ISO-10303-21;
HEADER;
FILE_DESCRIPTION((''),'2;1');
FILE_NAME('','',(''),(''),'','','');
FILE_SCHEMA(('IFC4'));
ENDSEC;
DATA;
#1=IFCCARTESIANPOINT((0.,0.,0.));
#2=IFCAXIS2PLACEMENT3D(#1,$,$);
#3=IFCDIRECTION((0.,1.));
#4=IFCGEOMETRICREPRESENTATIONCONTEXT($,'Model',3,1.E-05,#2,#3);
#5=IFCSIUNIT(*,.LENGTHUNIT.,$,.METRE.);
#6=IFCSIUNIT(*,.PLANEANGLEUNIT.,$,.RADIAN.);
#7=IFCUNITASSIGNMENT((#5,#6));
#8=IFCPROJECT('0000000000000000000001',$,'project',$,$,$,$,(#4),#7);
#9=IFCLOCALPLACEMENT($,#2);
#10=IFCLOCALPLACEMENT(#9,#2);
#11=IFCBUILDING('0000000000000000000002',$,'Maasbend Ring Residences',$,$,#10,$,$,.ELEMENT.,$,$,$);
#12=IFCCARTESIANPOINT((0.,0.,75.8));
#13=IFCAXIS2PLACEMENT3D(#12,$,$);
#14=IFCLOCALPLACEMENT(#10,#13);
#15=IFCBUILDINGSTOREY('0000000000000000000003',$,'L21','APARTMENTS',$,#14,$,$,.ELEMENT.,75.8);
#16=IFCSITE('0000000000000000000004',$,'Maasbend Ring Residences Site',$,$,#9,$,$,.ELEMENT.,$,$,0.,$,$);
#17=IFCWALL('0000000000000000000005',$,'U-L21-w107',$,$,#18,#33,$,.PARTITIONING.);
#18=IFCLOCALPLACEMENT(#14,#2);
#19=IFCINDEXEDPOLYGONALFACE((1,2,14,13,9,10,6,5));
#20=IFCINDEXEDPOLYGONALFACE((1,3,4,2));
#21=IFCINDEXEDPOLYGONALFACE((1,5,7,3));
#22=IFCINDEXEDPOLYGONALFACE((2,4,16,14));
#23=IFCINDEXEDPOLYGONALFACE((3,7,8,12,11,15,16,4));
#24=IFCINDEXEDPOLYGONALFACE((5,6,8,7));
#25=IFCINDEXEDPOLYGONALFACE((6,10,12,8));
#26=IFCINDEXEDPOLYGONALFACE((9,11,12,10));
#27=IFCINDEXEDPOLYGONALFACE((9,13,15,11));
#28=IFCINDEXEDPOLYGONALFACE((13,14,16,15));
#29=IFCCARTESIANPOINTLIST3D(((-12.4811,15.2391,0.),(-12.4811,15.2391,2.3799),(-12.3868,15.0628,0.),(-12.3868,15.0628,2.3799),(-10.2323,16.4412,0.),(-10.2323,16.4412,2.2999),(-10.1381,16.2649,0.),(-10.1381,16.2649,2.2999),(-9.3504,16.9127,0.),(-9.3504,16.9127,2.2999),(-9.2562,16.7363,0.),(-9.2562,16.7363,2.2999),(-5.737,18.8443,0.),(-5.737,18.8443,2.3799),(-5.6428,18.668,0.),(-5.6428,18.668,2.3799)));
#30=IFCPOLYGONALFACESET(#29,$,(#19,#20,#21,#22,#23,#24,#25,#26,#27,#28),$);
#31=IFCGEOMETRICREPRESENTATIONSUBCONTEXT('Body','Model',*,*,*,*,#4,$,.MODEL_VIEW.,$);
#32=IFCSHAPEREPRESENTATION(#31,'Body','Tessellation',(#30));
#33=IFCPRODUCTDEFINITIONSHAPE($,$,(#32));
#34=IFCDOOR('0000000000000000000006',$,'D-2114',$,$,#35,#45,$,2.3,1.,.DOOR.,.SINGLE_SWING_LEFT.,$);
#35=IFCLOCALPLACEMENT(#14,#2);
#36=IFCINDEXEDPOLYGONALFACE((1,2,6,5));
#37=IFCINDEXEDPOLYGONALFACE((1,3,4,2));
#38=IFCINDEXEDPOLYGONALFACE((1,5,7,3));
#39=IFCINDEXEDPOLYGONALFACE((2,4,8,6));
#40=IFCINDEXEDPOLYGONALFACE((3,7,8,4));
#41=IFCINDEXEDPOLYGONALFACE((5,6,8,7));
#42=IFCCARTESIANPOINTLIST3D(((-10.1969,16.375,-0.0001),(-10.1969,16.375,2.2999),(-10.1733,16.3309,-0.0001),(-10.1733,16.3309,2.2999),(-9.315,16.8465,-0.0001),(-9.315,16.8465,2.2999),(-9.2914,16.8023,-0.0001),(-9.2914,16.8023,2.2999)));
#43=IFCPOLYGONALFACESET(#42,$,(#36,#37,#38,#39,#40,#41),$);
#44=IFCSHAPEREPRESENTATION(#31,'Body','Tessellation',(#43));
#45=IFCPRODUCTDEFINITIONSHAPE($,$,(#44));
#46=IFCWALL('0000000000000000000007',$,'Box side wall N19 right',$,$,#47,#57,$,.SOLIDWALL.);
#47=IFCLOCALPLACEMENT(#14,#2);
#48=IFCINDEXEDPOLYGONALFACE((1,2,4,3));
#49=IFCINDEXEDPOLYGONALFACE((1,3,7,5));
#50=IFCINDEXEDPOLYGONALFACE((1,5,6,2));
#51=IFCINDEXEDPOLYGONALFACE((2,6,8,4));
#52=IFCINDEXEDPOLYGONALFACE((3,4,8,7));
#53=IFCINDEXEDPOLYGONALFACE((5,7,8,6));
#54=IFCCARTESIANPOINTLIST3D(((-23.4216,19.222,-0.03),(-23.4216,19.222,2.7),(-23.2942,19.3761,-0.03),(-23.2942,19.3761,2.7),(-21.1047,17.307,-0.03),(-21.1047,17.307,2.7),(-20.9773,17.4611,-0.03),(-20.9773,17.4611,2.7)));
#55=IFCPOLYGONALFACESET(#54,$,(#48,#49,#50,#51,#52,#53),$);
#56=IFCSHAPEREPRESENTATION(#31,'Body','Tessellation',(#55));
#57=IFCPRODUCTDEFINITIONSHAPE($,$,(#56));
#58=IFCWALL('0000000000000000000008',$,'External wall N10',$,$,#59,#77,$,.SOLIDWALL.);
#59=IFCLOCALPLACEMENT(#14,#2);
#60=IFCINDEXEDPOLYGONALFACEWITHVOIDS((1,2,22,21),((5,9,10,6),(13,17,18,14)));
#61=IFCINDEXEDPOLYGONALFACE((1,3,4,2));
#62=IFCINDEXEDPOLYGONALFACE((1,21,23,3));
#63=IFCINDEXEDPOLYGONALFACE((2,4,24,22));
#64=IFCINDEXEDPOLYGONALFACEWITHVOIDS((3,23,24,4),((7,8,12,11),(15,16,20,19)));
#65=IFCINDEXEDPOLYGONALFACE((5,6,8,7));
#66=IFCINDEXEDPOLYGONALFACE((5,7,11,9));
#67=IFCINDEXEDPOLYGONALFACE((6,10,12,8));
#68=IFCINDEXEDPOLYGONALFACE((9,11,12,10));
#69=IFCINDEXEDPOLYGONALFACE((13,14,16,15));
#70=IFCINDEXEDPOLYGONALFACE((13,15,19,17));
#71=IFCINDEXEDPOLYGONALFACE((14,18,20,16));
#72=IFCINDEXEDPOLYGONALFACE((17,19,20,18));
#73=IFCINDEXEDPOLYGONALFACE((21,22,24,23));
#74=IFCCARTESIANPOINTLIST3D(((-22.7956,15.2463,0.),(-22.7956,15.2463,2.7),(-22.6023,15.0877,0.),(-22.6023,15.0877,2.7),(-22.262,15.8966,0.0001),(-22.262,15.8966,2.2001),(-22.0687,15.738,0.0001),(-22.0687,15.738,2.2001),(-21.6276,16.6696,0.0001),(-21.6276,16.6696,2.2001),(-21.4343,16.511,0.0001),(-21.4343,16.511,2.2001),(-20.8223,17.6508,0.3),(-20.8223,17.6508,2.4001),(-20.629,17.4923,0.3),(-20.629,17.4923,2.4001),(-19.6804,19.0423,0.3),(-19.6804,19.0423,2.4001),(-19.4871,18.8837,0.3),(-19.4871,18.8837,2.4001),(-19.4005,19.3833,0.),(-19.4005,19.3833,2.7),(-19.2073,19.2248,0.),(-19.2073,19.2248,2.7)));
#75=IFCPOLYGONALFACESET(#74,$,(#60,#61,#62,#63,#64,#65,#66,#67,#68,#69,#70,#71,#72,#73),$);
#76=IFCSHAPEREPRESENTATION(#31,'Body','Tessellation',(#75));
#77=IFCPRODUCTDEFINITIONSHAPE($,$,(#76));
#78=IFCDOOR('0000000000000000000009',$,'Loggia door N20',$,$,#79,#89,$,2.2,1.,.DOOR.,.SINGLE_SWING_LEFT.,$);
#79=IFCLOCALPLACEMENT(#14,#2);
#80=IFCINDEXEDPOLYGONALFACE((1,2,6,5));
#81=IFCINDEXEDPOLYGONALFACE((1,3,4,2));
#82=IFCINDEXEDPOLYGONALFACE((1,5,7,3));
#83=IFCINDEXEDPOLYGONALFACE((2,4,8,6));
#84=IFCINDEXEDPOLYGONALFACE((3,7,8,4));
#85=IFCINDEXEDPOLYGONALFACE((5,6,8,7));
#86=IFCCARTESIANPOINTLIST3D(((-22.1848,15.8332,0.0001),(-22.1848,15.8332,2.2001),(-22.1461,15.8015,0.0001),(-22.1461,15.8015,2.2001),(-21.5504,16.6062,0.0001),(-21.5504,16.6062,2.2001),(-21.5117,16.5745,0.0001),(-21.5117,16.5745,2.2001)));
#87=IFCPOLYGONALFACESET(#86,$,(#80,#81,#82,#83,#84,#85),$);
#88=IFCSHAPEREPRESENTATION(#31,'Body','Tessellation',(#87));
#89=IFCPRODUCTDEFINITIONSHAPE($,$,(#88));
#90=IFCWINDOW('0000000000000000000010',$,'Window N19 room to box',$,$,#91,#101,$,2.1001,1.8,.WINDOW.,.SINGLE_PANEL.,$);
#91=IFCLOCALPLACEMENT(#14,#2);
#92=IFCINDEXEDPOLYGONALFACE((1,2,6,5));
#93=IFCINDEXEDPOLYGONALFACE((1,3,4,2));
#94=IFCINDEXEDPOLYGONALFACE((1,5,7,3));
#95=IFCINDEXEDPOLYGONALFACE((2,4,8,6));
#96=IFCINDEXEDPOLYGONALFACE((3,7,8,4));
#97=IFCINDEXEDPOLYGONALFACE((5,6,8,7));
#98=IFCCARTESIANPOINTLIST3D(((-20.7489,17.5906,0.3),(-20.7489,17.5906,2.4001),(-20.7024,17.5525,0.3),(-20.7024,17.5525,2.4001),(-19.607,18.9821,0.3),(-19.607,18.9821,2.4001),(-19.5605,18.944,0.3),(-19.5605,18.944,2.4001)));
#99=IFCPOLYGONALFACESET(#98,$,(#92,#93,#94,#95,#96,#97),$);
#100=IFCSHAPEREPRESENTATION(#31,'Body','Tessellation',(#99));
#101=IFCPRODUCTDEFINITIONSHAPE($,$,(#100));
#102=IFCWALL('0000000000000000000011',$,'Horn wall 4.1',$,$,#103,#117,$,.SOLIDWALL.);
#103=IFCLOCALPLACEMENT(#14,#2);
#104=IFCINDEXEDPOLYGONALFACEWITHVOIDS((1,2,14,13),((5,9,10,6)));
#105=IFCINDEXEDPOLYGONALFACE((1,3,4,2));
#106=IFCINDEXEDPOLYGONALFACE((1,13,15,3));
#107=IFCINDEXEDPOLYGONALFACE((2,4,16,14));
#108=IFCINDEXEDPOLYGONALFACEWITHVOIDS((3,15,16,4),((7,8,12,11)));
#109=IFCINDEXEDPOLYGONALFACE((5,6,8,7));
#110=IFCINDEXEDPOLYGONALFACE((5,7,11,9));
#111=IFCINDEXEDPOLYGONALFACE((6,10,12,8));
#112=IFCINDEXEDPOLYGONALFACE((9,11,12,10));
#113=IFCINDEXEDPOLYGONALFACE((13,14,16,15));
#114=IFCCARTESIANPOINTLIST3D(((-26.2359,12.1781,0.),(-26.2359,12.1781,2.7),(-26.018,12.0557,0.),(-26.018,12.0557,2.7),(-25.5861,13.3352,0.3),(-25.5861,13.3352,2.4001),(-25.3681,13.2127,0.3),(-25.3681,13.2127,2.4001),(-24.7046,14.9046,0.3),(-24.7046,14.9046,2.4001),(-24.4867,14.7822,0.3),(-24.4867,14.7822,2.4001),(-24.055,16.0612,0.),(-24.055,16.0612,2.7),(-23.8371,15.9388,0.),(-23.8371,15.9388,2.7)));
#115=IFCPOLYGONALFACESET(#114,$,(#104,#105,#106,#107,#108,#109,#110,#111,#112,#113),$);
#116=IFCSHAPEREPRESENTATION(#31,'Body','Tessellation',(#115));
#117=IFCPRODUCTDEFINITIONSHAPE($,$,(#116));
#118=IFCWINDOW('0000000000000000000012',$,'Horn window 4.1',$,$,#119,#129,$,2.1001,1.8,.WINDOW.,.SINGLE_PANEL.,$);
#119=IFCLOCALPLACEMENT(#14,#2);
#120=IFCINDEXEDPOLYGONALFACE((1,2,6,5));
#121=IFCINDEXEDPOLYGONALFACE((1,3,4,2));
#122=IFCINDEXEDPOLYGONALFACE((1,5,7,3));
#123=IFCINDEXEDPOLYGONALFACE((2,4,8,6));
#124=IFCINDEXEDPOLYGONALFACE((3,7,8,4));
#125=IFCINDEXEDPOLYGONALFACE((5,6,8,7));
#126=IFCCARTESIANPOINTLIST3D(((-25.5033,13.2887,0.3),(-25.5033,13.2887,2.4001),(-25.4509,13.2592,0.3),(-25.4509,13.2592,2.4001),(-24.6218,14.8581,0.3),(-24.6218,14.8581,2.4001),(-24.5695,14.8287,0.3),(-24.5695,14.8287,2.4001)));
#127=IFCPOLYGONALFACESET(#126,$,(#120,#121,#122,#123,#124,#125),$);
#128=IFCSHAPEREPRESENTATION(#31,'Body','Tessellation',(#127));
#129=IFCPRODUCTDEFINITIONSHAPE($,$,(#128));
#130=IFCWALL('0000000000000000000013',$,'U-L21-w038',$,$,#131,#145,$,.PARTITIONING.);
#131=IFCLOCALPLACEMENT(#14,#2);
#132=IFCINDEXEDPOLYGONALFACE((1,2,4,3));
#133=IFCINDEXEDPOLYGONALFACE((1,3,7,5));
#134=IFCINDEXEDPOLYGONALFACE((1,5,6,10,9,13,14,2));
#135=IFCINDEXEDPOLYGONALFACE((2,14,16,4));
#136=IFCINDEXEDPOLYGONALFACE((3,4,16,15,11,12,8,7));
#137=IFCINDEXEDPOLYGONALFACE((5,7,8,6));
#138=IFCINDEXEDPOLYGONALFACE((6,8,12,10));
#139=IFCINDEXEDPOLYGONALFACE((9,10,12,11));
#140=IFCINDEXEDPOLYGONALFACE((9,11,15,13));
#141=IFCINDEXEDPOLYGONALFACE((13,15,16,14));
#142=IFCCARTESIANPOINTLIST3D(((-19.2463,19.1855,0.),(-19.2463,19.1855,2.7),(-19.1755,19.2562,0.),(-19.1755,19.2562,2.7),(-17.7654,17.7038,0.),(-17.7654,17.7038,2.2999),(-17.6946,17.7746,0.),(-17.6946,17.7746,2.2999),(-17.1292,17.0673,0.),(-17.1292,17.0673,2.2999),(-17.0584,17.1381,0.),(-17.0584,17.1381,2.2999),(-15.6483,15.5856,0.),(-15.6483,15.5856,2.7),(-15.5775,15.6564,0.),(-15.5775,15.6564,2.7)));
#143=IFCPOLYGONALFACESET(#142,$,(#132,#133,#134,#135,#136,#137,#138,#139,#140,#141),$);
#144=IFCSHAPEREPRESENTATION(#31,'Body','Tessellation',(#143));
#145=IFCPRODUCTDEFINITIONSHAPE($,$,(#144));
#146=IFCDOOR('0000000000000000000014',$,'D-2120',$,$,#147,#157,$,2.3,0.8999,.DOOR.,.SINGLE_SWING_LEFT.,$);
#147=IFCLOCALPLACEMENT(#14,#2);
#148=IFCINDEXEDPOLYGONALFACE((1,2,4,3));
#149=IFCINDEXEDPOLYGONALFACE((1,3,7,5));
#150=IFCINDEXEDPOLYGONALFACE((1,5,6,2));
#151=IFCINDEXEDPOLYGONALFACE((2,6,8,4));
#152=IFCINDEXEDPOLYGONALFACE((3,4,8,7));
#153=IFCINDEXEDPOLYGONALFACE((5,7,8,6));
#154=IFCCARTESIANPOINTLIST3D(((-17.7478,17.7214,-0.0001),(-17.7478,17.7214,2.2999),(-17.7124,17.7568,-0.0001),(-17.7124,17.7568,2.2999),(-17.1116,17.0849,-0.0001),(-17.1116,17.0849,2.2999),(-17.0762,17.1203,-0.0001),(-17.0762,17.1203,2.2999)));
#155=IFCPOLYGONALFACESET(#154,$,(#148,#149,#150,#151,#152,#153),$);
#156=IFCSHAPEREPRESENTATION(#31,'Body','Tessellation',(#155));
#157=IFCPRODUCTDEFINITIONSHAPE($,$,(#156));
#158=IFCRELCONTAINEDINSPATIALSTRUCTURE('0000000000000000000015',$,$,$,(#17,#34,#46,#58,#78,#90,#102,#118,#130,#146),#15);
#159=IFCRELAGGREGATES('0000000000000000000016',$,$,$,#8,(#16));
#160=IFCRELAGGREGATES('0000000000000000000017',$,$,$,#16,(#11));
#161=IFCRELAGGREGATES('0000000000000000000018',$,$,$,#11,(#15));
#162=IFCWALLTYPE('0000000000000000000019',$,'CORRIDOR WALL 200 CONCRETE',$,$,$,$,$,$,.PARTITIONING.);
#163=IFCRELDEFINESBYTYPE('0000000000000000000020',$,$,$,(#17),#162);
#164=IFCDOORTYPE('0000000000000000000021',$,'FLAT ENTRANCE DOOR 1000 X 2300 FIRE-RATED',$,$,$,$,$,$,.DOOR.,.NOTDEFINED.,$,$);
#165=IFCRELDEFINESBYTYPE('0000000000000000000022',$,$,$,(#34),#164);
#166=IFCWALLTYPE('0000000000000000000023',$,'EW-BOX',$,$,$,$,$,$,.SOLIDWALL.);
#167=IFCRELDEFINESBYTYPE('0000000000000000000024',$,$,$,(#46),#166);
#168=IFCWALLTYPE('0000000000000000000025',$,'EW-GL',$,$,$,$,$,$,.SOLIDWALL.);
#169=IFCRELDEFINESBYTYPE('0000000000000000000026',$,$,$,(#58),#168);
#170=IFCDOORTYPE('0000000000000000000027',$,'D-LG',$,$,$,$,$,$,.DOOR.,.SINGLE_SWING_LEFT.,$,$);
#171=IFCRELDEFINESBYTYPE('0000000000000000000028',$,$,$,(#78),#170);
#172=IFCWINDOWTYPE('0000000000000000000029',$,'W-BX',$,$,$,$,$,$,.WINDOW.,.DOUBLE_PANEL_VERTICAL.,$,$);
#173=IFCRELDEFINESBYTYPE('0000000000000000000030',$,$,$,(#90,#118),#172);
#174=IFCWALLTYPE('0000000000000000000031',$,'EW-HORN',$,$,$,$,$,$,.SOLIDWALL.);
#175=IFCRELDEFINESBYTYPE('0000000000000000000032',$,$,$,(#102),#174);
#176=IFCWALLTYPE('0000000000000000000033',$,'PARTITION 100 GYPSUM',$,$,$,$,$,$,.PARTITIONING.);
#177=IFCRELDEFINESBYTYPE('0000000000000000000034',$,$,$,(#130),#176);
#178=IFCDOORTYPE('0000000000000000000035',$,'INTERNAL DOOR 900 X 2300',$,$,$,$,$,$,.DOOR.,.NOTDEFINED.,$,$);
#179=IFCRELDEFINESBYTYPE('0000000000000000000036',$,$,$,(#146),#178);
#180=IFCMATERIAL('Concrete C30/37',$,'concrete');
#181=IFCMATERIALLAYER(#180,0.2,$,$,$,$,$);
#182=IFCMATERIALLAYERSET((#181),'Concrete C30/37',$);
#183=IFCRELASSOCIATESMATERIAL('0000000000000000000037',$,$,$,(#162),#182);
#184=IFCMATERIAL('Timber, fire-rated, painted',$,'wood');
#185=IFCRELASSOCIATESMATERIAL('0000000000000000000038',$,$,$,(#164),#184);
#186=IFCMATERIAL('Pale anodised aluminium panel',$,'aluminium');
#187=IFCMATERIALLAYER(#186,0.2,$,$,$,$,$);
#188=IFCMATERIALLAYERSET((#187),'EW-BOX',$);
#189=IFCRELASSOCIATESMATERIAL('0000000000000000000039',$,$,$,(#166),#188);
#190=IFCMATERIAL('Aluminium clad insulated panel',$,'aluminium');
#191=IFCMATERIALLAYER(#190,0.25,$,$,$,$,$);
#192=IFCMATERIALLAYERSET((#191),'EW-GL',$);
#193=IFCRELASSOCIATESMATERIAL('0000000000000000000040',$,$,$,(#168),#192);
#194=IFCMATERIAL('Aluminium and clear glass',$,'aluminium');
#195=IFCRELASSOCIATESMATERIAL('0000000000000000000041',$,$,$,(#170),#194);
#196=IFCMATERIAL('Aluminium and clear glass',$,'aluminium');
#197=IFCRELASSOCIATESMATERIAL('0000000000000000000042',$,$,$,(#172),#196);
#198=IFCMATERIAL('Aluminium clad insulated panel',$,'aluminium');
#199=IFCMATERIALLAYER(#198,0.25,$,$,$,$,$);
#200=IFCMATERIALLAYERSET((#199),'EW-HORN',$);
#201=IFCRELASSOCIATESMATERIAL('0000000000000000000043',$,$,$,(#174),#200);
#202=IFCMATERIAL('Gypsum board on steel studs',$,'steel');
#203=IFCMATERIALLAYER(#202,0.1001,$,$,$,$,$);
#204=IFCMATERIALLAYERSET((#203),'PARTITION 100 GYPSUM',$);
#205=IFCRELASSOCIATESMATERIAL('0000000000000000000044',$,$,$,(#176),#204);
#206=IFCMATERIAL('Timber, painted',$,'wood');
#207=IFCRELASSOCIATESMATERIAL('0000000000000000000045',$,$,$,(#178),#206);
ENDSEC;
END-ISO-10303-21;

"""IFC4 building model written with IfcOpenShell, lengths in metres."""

from ifc_helpers import new_model, si_unit, direction, frame, frame_2d, origin, place, context, subcontext, project, spatial, rectangle, extrude, material, layer, layer_set, type_object, element, fill, save


model = new_model("IFC4")

# Units and contexts
model_context = context("Model", 3, precision=1e-05, world=origin(), true_north=direction((0.0, 1.0)))
body_context = subcontext(model_context, "Body", "Model", "MODEL_VIEW")
ifc_project = project(units=[si_unit("LENGTHUNIT", "METRE"), si_unit("PLANEANGLEUNIT", "RADIAN")], contexts=[model_context])

# Site, building, storey
site_placement = place(None, origin())
site = spatial("IfcSite", under=ifc_project, at=site_placement, Name="Maasbend Ring Residences Site", CompositionType="ELEMENT", RefElevation=0.0)
building_placement = place(site_placement, origin())
building = spatial("IfcBuilding", under=site, at=building_placement, Name="Maasbend Ring Residences", CompositionType="ELEMENT")
storey_placement = place(building_placement, frame((0.0, 0.0, 75.8)))
storey = spatial("IfcBuildingStorey", under=building, at=storey_placement, Name="L21", Description="APARTMENTS", CompositionType="ELEMENT", Elevation=75.8)

# Wall, opening, door
ifc_material_1 = material(Name="Concrete C30/37", Category="concrete")
ifc_layer_1 = layer(ifc_material_1, 0.2)
ifc_layer_set_1 = layer_set([ifc_layer_1], Name="Concrete C30/37")
wall_type_1 = type_object("IfcWallType", Name="CORRIDOR WALL 200 CONCRETE", PredefinedType="PARTITIONING", material=ifc_layer_set_1)
wall_1_placement = place(storey_placement, frame((-12.4341, 15.1509, 0.0), z_axis=(0.0, 0.0, 1.0), x_axis=(0.881899, 0.471438, 0.0)))
wall_1 = element("IfcWall", 1, at=wall_1_placement, inside=storey, type_object=wall_type_1, Name="U-L21-w107", PredefinedType="PARTITIONING", context=body_context, shape_type="SweptSolid", body=[
    extrude(rectangle(XDim=7.6472, YDim=0.2, at=frame_2d((3.8237, 0.0))), origin(), (0.0, 0.0, 1.0), 2.3799),
])
opening_1_placement = place(wall_1_placement, frame((2.55, 0.0, 0.0)))
opening_1 = element("IfcOpeningElement", 2, at=opening_1_placement, cuts=wall_1, PredefinedType="OPENING", context=body_context, shape_type="SweptSolid", body=[
    extrude(rectangle(XDim=1.0, YDim=2.3, at=frame_2d((0.5, 1.1499))), frame((0.0, 0.1099, 0.0), z_axis=(0.0, -1.0, 0.0), x_axis=(1.0, 0.0, 0.0)), (0.0, 0.0, 1.0), 0.22),
])
ifc_material_2 = material(Name="Timber, fire-rated, painted", Category="wood")
door_type_1 = type_object("IfcDoorType", Name="FLAT ENTRANCE DOOR 1000 X 2300 FIRE-RATED", OperationType="NOTDEFINED", PredefinedType="DOOR", material=ifc_material_2)
door_1_placement = place(opening_1_placement, origin())
door_1 = element("IfcDoor", 3, at=door_1_placement, inside=storey, type_object=door_type_1, Name="D-2114", OperationType="SINGLE_SWING_LEFT", OverallHeight=2.3, OverallWidth=1.0, PredefinedType="DOOR", context=body_context, shape_type="SweptSolid", body=[
    extrude(rectangle(XDim=1.0, YDim=2.3, at=frame_2d((0.5, 1.1499))), frame((0.0, 0.0249, 0.0), z_axis=(0.0, -1.0, 0.0), x_axis=(1.0, 0.0, 0.0)), (0.0, 0.0, 1.0), 0.05),
])
fill(opening_1, door_1)

# Wall
ifc_material_3 = material(Name="Pale anodised aluminium panel", Category="aluminium")
ifc_layer_2 = layer(ifc_material_3, 0.2)
ifc_layer_set_2 = layer_set([ifc_layer_2], Name="EW-BOX")
wall_type_2 = type_object("IfcWallType", Name="EW-BOX", PredefinedType="SOLIDWALL", material=ifc_layer_set_2)
wall_2_placement = place(storey_placement, frame((-21.041, 17.384, -0.03), z_axis=(0.0, 0.0, 1.0), x_axis=(-0.770785, 0.637096, 0.0)))
element("IfcWall", 4, at=wall_2_placement, inside=storey, type_object=wall_type_2, Name="Box side wall N19 right", PredefinedType="SOLIDWALL", context=body_context, shape_type="SweptSolid", body=[
    extrude(rectangle(XDim=3.0059, YDim=0.2, at=frame_2d((1.5029, 0.0))), origin(), (0.0, 0.0, 1.0), 2.73),
])

# Wall, openings, door, window
ifc_material_4 = material(Name="Aluminium clad insulated panel", Category="aluminium")
ifc_layer_3 = layer(ifc_material_4, 0.25)
ifc_layer_set_3 = layer_set([ifc_layer_3], Name="EW-GL")
wall_type_3 = type_object("IfcWallType", Name="EW-GL", PredefinedType="SOLIDWALL", material=ifc_layer_set_3)
wall_3_placement = place(storey_placement, frame((-19.304, 19.304, 0.0), z_axis=(0.0, 0.0, 1.0), x_axis=(-0.634382, -0.773019, 0.0)))
wall_3 = element("IfcWall", 5, at=wall_3_placement, inside=storey, type_object=wall_type_3, Name="External wall N10", PredefinedType="SOLIDWALL", context=body_context, shape_type="SweptSolid", body=[
    extrude(rectangle(XDim=5.3518, YDim=0.25, at=frame_2d((2.6758, 0.0))), origin(), (0.0, 0.0, 1.0), 2.7),
])
opening_2_placement = place(wall_3_placement, frame((0.4412, 0.0, 0.3)))
opening_2 = element("IfcOpeningElement", 6, at=opening_2_placement, cuts=wall_3, PredefinedType="OPENING", context=body_context, shape_type="SweptSolid", body=[
    extrude(rectangle(XDim=1.8, YDim=2.1001, at=frame_2d((0.8999, 1.05))), frame((0.0, 0.135, 0.0), z_axis=(0.0, -1.0, 0.0), x_axis=(1.0, 0.0, 0.0)), (0.0, 0.0, 1.0), 0.27),
])
opening_3_placement = place(wall_3_placement, frame((3.5105, 0.0, 0.0)))
opening_3 = element("IfcOpeningElement", 7, at=opening_3_placement, cuts=wall_3, PredefinedType="OPENING", context=body_context, shape_type="SweptSolid", body=[
    extrude(rectangle(XDim=1.0, YDim=2.2, at=frame_2d((0.5, 1.1001))), frame((0.0, 0.135, 0.0), z_axis=(0.0, -1.0, 0.0), x_axis=(1.0, 0.0, 0.0)), (0.0, 0.0, 1.0), 0.27),
])
ifc_material_5 = material(Name="Aluminium and clear glass", Category="aluminium")
door_type_2 = type_object("IfcDoorType", Name="D-LG", OperationType="SINGLE_SWING_LEFT", PredefinedType="DOOR", material=ifc_material_5)
door_2_placement = place(opening_3_placement, origin())
door_2 = element("IfcDoor", 8, at=door_2_placement, inside=storey, type_object=door_type_2, Name="Loggia door N20", OperationType="SINGLE_SWING_LEFT", OverallHeight=2.2, OverallWidth=1.0, PredefinedType="DOOR", context=body_context, shape_type="SweptSolid", body=[
    extrude(rectangle(XDim=1.0, YDim=2.2, at=frame_2d((0.5, 1.1001))), frame((0.0, 0.0249, 0.0), z_axis=(0.0, -1.0, 0.0), x_axis=(1.0, 0.0, 0.0)), (0.0, 0.0, 1.0), 0.05),
])
fill(opening_3, door_2)
ifc_material_6 = material(Name="Aluminium and clear glass", Category="aluminium")
window_type = type_object("IfcWindowType", Name="W-BX", PartitioningType="DOUBLE_PANEL_VERTICAL", PredefinedType="WINDOW", material=ifc_material_6)
window_1_placement = place(opening_2_placement, origin())
window_1 = element("IfcWindow", 9, at=window_1_placement, inside=storey, type_object=window_type, Name="Window N19 room to box", OverallHeight=2.1001, OverallWidth=1.8, PartitioningType="SINGLE_PANEL", PredefinedType="WINDOW", context=body_context, shape_type="SweptSolid", body=[
    extrude(rectangle(XDim=1.8, YDim=2.1001, at=frame_2d((0.8999, 1.05))), frame((0.0, 0.03, 0.0), z_axis=(0.0, -1.0, 0.0), x_axis=(1.0, 0.0, 0.0)), (0.0, 0.0, 1.0), 0.0601),
])
fill(opening_2, window_1)

# Wall, opening, window
ifc_material_7 = material(Name="Aluminium clad insulated panel", Category="aluminium")
ifc_layer_4 = layer(ifc_material_7, 0.25)
ifc_layer_set_4 = layer_set([ifc_layer_4], Name="EW-HORN")
wall_type_4 = type_object("IfcWallType", Name="EW-HORN", PredefinedType="SOLIDWALL", material=ifc_layer_set_4)
wall_4_placement = place(storey_placement, frame((-23.946, 16.0, 0.0), z_axis=(0.0, 0.0, 1.0), x_axis=(-0.489696, -0.871893, 0.0)))
wall_4 = element("IfcWall", 10, at=wall_4_placement, inside=storey, type_object=wall_type_4, Name="Horn wall 4.1", PredefinedType="SOLIDWALL", context=body_context, shape_type="SweptSolid", body=[
    extrude(rectangle(XDim=4.4536, YDim=0.25, at=frame_2d((2.2268, 0.0))), origin(), (0.0, 0.0, 1.0), 2.7),
])
opening_4_placement = place(wall_4_placement, frame((1.3267, 0.0, 0.3)))
opening_4 = element("IfcOpeningElement", 11, at=opening_4_placement, cuts=wall_4, PredefinedType="OPENING", context=body_context, shape_type="SweptSolid", body=[
    extrude(rectangle(XDim=1.8, YDim=2.1001, at=frame_2d((0.8999, 1.05))), frame((0.0, 0.135, 0.0), z_axis=(0.0, -1.0, 0.0), x_axis=(1.0, 0.0, 0.0)), (0.0, 0.0, 1.0), 0.27),
])
window_2_placement = place(opening_4_placement, origin())
window_2 = element("IfcWindow", 12, at=window_2_placement, inside=storey, type_object=window_type, Name="Horn window 4.1", OverallHeight=2.1001, OverallWidth=1.8, PartitioningType="SINGLE_PANEL", PredefinedType="WINDOW", context=body_context, shape_type="SweptSolid", body=[
    extrude(rectangle(XDim=1.8, YDim=2.1001, at=frame_2d((0.8999, 1.05))), frame((0.0, 0.03, 0.0), z_axis=(0.0, -1.0, 0.0), x_axis=(1.0, 0.0, 0.0)), (0.0, 0.0, 1.0), 0.0601),
])
fill(opening_4, window_2)

# Wall, opening, door
ifc_material_8 = material(Name="Gypsum board on steel studs", Category="steel")
ifc_layer_5 = layer(ifc_material_8, 0.1001)
ifc_layer_set_5 = layer_set([ifc_layer_5], Name="PARTITION 100 GYPSUM")
wall_type_5 = type_object("IfcWallType", Name="PARTITION 100 GYPSUM", PredefinedType="PARTITIONING", material=ifc_layer_set_5)
wall_5_placement = place(storey_placement, frame((-19.2109, 19.2209, 0.0), z_axis=(0.0, 0.0, 1.0), x_axis=(0.706915, -0.707299, 0.0)))
wall_5 = element("IfcWall", 13, at=wall_5_placement, inside=storey, type_object=wall_type_5, Name="U-L21-w038", PredefinedType="PARTITIONING", context=body_context, shape_type="SweptSolid", body=[
    extrude(rectangle(XDim=5.0896, YDim=0.1001, at=frame_2d((2.5449, 0.0))), origin(), (0.0, 0.0, 1.0), 2.7),
])
opening_5_placement = place(wall_5_placement, frame((2.095, 0.0, 0.0)))
opening_5 = element("IfcOpeningElement", 14, at=opening_5_placement, cuts=wall_5, PredefinedType="OPENING", context=body_context, shape_type="SweptSolid", body=[
    extrude(rectangle(XDim=0.8999, YDim=2.3, at=frame_2d((0.45, 1.1499))), frame((0.0, 0.0601, 0.0), z_axis=(0.0, -1.0, 0.0), x_axis=(1.0, 0.0, 0.0)), (0.0, 0.0, 1.0), 0.1201),
])
ifc_material_9 = material(Name="Timber, painted", Category="wood")
door_type_3 = type_object("IfcDoorType", Name="INTERNAL DOOR 900 X 2300", OperationType="NOTDEFINED", PredefinedType="DOOR", material=ifc_material_9)
door_3_placement = place(opening_5_placement, origin())
door_3 = element("IfcDoor", 15, at=door_3_placement, inside=storey, type_object=door_type_3, Name="D-2120", OperationType="SINGLE_SWING_LEFT", OverallHeight=2.3, OverallWidth=0.8999, PredefinedType="DOOR", context=body_context, shape_type="SweptSolid", body=[
    extrude(rectangle(XDim=0.8999, YDim=2.3, at=frame_2d((0.45, 1.1499))), frame((0.0, 0.0249, 0.0), z_axis=(0.0, -1.0, 0.0), x_axis=(1.0, 0.0, 0.0)), (0.0, 0.0, 1.0), 0.05),
])
fill(opening_5, door_3)

save(model, "model.ifc")
